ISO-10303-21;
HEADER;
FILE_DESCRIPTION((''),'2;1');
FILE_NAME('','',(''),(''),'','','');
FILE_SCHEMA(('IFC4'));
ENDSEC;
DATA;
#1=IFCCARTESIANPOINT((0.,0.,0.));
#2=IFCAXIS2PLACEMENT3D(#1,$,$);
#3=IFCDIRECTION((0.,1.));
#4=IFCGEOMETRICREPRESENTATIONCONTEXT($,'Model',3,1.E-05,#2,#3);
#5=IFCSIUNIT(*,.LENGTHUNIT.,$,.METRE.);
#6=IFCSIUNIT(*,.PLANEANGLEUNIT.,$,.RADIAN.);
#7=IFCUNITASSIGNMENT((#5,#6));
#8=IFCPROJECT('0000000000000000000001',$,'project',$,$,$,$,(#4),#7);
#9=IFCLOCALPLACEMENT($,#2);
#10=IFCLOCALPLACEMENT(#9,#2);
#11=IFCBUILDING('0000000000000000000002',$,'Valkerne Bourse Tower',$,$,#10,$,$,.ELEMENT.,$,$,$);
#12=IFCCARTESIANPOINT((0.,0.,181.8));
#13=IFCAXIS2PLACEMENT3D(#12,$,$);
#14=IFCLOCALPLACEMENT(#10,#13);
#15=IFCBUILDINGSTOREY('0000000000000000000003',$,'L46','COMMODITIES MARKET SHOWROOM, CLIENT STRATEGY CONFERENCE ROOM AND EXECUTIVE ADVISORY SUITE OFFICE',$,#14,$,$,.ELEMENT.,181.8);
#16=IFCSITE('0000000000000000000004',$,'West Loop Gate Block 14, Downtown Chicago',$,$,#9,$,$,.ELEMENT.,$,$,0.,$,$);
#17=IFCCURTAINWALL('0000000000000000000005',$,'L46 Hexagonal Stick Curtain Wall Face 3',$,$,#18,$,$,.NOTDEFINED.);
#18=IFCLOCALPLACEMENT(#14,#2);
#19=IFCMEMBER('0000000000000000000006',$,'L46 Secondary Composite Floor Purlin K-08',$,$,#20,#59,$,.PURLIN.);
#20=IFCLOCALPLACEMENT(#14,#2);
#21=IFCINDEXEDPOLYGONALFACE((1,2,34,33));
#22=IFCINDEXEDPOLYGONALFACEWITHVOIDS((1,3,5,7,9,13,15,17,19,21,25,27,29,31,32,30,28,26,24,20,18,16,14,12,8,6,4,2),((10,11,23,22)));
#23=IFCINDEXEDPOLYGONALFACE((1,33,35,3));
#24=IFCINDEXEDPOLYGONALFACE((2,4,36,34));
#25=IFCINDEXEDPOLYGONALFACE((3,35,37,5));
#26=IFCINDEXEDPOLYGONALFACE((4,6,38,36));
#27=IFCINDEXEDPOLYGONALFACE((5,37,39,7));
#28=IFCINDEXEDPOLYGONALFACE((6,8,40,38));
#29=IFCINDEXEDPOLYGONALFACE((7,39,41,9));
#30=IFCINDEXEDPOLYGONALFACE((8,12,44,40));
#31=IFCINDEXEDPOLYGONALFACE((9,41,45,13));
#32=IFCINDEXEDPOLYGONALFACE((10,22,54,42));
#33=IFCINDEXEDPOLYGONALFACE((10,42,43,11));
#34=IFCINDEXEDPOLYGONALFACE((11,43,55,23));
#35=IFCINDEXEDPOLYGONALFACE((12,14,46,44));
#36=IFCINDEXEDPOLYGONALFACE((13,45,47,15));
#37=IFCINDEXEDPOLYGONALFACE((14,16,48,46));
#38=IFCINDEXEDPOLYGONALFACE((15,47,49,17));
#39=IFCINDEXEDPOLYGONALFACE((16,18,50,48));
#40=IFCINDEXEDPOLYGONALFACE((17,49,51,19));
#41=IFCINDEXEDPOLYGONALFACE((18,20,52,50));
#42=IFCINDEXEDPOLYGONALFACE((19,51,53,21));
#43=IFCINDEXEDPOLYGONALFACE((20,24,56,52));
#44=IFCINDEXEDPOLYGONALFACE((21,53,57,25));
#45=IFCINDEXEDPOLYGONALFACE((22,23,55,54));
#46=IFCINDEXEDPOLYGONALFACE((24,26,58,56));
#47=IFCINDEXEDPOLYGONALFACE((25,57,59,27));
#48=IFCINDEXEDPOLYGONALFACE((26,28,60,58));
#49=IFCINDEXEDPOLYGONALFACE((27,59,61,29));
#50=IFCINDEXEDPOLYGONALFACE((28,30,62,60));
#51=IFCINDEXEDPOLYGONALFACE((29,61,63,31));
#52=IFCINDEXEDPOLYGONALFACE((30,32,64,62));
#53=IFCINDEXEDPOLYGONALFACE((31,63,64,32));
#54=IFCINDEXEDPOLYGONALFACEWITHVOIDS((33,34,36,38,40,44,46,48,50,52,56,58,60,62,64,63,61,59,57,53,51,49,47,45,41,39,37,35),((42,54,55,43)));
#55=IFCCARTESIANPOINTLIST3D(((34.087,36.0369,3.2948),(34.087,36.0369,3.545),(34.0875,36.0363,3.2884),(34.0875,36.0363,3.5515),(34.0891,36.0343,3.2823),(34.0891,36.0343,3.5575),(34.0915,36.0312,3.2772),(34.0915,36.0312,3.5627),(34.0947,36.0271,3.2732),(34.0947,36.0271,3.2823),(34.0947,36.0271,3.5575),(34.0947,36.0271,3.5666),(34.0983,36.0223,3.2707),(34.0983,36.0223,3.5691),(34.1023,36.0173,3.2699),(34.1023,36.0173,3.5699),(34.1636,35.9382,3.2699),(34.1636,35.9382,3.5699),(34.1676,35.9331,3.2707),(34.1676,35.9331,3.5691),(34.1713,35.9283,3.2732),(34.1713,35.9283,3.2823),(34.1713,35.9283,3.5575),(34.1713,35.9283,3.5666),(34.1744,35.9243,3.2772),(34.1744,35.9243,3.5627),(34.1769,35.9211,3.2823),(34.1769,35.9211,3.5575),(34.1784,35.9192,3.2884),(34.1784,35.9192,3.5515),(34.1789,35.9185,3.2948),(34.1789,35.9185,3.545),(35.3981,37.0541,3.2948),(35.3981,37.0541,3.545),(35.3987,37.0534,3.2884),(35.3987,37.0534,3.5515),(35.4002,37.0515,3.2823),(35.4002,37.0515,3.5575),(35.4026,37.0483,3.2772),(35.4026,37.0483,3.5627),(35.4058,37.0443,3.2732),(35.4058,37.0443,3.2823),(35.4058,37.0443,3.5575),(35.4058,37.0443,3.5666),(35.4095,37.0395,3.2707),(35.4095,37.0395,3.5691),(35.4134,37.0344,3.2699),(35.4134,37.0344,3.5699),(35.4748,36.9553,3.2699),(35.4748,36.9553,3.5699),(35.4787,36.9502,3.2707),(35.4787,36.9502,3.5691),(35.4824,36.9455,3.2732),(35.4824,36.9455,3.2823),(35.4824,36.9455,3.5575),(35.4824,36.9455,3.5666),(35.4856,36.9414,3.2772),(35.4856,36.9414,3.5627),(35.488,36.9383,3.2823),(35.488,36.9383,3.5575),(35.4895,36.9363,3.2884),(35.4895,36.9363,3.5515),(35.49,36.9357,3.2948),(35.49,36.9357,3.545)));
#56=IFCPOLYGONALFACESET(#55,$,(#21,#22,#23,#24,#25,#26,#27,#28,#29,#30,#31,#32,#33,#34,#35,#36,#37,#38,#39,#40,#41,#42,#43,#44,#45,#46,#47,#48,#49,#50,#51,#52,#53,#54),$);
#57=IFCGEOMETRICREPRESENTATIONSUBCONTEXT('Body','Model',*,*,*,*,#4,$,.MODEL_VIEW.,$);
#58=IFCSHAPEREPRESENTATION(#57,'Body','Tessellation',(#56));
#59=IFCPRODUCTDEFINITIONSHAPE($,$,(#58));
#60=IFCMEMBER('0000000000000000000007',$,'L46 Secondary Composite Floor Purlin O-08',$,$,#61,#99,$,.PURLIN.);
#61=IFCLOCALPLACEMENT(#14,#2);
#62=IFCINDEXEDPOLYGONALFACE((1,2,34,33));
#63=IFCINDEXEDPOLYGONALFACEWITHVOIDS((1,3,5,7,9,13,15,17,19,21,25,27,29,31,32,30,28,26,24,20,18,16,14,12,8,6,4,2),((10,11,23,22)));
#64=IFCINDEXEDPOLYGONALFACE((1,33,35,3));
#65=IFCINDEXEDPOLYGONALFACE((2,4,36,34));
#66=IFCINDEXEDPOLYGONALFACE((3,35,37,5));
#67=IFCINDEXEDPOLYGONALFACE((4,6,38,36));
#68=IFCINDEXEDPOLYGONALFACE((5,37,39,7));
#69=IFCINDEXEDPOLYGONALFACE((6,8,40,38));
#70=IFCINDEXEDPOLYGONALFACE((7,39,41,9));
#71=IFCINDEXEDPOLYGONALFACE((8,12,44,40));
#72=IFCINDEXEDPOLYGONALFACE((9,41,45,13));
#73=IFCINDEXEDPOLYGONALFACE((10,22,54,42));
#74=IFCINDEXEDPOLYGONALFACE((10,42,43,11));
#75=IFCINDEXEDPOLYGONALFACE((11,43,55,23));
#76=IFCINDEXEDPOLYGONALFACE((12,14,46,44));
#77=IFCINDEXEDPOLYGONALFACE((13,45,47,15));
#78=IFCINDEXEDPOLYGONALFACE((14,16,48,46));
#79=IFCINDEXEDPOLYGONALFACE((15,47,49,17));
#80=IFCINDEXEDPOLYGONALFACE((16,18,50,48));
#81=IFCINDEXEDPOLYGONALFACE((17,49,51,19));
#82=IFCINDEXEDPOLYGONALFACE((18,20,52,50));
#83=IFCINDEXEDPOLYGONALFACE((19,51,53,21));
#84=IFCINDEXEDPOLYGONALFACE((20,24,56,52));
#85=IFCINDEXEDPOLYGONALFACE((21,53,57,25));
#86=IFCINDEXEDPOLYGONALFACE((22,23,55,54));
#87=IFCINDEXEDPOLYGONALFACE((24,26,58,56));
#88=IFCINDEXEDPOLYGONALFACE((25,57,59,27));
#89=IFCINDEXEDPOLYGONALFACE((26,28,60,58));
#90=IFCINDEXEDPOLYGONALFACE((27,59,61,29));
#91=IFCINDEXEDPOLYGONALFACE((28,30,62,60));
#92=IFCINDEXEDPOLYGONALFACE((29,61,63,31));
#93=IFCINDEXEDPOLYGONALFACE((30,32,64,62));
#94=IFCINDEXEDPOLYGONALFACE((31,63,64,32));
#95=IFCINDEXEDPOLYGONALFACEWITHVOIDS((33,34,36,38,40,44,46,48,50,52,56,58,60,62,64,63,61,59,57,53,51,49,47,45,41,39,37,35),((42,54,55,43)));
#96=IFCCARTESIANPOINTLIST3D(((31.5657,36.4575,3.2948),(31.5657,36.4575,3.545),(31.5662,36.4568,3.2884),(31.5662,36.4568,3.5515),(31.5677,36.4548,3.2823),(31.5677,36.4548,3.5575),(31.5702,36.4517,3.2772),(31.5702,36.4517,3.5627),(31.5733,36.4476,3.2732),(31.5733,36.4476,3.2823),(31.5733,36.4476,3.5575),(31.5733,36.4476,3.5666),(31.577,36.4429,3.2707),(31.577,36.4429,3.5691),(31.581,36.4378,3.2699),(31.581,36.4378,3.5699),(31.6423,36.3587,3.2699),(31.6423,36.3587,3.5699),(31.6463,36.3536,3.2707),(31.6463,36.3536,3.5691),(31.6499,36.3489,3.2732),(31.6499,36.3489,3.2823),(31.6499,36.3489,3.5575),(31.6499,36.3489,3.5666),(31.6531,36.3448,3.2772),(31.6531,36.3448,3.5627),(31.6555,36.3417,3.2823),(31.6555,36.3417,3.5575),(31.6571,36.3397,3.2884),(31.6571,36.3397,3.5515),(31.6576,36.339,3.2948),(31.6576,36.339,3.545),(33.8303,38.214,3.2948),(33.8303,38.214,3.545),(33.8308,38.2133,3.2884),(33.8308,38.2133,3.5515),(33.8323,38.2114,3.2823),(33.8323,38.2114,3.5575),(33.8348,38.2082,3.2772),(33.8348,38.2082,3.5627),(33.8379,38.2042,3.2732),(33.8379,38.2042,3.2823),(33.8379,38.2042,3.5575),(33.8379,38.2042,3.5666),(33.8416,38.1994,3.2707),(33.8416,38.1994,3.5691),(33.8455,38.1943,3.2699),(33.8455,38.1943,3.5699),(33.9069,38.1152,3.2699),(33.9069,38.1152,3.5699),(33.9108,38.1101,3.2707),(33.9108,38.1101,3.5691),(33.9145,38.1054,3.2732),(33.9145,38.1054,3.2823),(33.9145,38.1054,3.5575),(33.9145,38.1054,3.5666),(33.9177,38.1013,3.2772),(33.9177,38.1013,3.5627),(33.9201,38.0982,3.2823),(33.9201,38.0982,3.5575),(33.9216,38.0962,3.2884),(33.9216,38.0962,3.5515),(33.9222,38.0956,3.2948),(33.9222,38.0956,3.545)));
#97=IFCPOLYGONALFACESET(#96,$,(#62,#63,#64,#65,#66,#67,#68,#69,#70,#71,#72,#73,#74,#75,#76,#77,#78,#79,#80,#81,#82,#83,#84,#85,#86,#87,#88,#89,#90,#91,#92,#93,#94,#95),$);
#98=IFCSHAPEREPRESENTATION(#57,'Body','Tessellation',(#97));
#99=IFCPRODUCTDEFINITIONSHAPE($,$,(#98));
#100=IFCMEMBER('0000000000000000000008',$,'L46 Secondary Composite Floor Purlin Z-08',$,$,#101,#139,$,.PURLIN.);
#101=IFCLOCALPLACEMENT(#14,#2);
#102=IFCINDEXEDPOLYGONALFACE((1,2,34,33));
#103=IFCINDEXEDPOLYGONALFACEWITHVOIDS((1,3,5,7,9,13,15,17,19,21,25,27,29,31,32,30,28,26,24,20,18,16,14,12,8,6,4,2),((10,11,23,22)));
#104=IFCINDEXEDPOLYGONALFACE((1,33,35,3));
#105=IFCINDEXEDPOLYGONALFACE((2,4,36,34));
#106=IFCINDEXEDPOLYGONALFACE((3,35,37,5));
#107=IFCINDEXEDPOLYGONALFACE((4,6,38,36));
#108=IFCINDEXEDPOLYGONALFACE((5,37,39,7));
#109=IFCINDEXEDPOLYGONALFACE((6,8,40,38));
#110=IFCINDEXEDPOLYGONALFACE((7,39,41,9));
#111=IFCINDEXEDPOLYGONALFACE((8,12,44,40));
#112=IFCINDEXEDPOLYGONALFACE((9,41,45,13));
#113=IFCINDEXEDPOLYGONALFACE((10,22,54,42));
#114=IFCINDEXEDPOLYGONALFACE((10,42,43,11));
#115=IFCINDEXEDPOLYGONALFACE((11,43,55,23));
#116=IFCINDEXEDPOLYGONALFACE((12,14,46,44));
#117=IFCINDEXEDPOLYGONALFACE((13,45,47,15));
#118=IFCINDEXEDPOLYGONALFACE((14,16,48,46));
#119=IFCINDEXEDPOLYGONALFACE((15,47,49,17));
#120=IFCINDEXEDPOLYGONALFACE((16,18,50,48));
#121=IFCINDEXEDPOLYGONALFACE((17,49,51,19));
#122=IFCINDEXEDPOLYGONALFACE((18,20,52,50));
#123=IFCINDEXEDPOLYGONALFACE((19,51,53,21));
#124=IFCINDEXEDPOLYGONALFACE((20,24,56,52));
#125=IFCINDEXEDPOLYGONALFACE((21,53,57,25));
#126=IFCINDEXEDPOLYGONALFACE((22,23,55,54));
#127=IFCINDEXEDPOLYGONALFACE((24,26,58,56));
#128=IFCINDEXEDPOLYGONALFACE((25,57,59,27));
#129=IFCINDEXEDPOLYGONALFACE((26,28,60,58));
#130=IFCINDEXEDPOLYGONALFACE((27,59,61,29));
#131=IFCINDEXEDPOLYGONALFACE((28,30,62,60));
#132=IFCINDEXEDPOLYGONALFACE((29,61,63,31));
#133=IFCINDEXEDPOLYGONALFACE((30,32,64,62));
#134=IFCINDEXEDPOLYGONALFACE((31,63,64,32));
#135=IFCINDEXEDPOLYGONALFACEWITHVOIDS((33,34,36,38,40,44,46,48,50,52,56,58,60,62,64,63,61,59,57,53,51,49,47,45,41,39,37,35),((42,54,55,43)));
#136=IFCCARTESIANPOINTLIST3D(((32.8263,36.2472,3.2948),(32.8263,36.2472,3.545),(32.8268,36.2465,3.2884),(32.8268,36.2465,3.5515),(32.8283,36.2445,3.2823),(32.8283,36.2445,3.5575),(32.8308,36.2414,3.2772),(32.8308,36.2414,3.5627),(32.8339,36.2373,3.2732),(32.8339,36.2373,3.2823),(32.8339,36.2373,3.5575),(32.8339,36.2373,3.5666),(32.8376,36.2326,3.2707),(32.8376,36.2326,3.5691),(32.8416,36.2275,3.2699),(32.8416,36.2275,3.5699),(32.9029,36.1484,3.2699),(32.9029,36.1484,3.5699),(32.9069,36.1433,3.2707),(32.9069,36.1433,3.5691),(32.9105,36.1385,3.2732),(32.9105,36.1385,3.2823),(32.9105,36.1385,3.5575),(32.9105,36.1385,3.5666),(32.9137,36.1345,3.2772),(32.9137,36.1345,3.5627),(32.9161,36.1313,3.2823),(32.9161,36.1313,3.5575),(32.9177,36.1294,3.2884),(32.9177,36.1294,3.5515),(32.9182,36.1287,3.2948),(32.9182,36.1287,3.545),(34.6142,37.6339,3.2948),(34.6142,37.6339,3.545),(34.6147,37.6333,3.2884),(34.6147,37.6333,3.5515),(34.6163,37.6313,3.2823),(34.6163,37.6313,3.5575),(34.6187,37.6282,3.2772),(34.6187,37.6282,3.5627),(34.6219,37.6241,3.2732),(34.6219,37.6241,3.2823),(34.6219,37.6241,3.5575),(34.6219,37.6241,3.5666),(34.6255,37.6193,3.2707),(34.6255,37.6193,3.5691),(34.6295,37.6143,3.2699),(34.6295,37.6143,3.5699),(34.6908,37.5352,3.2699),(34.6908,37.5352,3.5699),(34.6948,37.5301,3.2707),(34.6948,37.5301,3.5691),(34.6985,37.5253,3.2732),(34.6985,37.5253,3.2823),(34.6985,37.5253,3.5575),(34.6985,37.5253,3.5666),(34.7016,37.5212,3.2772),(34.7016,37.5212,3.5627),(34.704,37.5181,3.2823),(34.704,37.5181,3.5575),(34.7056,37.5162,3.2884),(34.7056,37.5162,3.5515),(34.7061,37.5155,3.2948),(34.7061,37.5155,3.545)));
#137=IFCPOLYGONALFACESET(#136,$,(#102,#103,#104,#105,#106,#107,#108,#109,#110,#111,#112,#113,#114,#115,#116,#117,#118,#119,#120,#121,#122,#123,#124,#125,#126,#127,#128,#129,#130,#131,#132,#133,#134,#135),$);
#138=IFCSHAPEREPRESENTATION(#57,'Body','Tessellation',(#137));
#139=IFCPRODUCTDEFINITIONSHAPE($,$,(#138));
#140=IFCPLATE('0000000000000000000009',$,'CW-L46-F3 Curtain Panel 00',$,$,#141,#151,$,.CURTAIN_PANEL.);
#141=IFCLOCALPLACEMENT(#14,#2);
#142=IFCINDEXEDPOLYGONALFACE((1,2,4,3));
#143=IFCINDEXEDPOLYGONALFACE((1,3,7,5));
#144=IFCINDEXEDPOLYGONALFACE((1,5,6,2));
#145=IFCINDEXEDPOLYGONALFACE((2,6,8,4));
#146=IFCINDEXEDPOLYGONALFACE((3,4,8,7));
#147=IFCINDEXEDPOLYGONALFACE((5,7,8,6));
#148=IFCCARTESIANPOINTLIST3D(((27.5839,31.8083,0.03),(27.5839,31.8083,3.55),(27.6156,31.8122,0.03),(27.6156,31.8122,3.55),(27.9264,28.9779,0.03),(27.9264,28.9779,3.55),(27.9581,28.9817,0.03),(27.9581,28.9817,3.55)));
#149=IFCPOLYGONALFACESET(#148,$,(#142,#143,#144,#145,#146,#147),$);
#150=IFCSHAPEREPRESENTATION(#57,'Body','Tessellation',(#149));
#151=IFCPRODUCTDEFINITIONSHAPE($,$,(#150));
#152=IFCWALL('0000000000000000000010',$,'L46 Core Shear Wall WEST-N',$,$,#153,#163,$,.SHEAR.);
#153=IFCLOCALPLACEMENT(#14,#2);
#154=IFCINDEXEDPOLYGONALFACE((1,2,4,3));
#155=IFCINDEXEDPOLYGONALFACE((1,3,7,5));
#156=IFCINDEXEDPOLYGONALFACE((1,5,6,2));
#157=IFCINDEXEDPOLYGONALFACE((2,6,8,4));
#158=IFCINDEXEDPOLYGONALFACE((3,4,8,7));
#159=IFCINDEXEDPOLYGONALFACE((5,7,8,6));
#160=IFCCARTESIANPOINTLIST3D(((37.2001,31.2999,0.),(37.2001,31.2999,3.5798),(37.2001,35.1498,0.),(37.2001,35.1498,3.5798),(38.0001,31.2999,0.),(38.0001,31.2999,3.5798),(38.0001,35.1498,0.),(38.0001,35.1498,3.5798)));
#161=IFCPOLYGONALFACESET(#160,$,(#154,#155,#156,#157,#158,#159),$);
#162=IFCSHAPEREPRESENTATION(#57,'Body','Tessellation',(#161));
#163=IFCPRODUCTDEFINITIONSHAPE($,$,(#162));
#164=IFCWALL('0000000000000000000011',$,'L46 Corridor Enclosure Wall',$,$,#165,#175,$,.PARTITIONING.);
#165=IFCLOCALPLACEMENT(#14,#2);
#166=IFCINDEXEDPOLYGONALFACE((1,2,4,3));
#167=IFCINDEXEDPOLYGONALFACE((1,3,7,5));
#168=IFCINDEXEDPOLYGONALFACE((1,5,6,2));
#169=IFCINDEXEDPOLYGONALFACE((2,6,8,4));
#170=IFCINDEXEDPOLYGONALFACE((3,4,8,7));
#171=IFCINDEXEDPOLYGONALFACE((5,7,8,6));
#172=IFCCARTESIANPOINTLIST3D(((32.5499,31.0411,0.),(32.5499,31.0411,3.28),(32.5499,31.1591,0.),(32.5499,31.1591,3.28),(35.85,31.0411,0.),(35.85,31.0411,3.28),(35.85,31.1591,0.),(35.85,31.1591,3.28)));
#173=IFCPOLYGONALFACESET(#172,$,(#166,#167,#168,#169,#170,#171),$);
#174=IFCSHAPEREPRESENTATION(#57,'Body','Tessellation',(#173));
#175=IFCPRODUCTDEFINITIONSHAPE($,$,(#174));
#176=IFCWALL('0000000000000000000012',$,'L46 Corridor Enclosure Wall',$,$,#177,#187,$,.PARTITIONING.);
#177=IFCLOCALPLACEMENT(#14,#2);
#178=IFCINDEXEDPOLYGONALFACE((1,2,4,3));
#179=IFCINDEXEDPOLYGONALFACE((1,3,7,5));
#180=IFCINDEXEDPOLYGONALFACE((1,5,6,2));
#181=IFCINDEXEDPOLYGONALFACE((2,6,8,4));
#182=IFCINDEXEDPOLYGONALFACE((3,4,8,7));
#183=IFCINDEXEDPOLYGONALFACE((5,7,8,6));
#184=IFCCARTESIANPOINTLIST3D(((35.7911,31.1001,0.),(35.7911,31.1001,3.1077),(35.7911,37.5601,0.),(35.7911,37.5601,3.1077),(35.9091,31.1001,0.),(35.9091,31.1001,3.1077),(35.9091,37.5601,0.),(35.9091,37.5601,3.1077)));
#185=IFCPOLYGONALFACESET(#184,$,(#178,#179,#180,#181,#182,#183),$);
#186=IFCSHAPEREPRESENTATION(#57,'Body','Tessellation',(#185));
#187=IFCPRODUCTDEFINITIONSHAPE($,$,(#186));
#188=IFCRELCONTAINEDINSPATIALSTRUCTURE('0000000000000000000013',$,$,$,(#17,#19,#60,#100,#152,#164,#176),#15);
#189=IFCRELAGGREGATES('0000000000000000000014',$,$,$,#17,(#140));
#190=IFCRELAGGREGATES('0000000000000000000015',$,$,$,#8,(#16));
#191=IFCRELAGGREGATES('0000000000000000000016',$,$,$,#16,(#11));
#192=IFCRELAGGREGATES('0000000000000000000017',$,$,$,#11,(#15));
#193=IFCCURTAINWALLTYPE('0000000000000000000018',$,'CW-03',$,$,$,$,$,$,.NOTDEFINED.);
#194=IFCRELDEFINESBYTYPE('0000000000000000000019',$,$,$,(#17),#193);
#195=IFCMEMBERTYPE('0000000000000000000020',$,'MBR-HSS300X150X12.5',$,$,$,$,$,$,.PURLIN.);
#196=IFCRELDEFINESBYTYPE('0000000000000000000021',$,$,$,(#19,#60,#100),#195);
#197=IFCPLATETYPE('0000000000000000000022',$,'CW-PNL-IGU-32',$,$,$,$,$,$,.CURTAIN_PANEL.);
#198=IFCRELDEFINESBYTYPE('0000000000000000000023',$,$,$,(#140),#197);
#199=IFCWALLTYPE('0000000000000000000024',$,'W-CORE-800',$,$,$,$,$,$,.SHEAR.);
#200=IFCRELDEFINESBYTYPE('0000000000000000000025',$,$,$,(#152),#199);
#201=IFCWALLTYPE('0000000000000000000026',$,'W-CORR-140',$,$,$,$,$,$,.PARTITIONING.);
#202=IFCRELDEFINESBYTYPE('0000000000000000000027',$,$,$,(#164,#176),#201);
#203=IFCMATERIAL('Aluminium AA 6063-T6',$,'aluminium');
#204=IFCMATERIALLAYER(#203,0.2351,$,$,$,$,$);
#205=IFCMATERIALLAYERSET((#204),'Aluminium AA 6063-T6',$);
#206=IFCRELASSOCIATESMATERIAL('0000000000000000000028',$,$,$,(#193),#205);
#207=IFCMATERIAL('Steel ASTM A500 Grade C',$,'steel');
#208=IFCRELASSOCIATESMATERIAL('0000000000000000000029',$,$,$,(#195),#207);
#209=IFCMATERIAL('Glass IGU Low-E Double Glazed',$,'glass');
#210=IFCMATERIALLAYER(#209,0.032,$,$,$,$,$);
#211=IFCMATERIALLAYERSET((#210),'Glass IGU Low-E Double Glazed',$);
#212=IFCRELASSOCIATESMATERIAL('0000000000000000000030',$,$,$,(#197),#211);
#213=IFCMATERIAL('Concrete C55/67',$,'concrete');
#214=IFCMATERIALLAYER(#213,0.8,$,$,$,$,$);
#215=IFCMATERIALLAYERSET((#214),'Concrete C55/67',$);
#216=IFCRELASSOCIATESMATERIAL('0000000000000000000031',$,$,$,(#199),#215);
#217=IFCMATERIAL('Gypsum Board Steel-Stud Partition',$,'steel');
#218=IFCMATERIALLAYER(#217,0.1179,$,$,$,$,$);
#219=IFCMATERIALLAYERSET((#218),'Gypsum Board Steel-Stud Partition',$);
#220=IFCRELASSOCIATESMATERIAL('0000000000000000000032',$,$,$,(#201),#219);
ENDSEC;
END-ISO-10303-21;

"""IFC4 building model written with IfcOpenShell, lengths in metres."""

from ifc_helpers import new_model, si_unit, direction, frame, frame_2d, origin, origin_2d, place, context, subcontext, project, spatial, rectangle, hollow_rectangle, extrude, material, layer, layer_set, material_profile, profile_set, type_object, element, aggregate, save


model = new_model("IFC4")

# Units and contexts
model_context = context("Model", 3, precision=1e-05, world=origin(), true_north=direction((0.0, 1.0)))
body_context = subcontext(model_context, "Body", "Model", "MODEL_VIEW")
ifc_project = project(units=[si_unit("LENGTHUNIT", "METRE"), si_unit("PLANEANGLEUNIT", "RADIAN")], contexts=[model_context])

# Site, building, storey
site_placement = place(None, origin())
site = spatial("IfcSite", under=ifc_project, at=site_placement, Name="West Loop Gate Block 14, Downtown Chicago", CompositionType="ELEMENT", RefElevation=0.0)
building_placement = place(site_placement, origin())
building = spatial("IfcBuilding", under=site, at=building_placement, Name="Valkerne Bourse Tower", CompositionType="ELEMENT")
storey_placement = place(building_placement, frame((0.0, 0.0, 181.8)))
storey = spatial("IfcBuildingStorey", under=building, at=storey_placement, Name="L46", Description="COMMODITIES MARKET SHOWROOM, CLIENT STRATEGY CONFERENCE ROOM AND EXECUTIVE ADVISORY SUITE OFFICE", CompositionType="ELEMENT", Elevation=181.8)

# Shared definitions
ifc_material_1 = material(Name="Aluminium AA 6063-T6", Category="aluminium")
ifc_layer_1 = layer(ifc_material_1, 0.2351)
ifc_layer_set_1 = layer_set([ifc_layer_1], Name="Aluminium AA 6063-T6")
curtain_wall_type = type_object("IfcCurtainWallType", Name="CW-03", PredefinedType="NOTDEFINED", material=ifc_layer_set_1)

# Curtain wall
curtain_wall_1_placement = place(storey_placement, origin())
curtain_wall_1 = element("IfcCurtainWall", 1, at=curtain_wall_1_placement, inside=storey, type_object=curtain_wall_type, Name="L46 Hexagonal Stick Curtain Wall Face 3", PredefinedType="NOTDEFINED")

# Members
ifc_material_2 = material(Name="Steel ASTM A500 Grade C", Category="steel")
ifc_material_profile_1 = material_profile(ifc_material_2, hollow_rectangle(XDim=0.1499, YDim=0.3, WallThickness=0.0125, OuterFilletRadius=0.0249, at=origin_2d()), Name="HSS300X150X12.5")
ifc_profile_set_1 = profile_set([ifc_material_profile_1], Name="Steel ASTM A500 Grade C")
member_type_1 = type_object("IfcMemberType", Name="MBR-HSS300X150X12.5", PredefinedType="PURLIN", material=ifc_profile_set_1)
member_1_placement = place(storey_placement, frame((35.4441, 36.9949, 3.4199), z_axis=(-0.790112, -0.612962, 0.0), x_axis=(0.612962, -0.790112, 0.0)))
element("IfcMember", 2, at=member_1_placement, inside=storey, type_object=member_type_1, Name="L46 Secondary Composite Floor Purlin K-08", PredefinedType="PURLIN", context=body_context, shape_type="SweptSolid", body=[
    extrude(hollow_rectangle(XDim=0.1499, YDim=0.3, WallThickness=0.0125, OuterFilletRadius=0.0249, at=origin_2d()), origin(), (0.0, 0.0, 1.0), 1.6594),
])
member_2_placement = place(storey_placement, frame((33.8762, 38.1548, 3.4199), z_axis=(-0.790163, -0.612896, 0.0), x_axis=(0.612896, -0.790163, 0.0)))
element("IfcMember", 3, at=member_2_placement, inside=storey, type_object=member_type_1, Name="L46 Secondary Composite Floor Purlin O-08", PredefinedType="PURLIN", context=body_context, shape_type="SweptSolid", body=[
    extrude(hollow_rectangle(XDim=0.1499, YDim=0.3, WallThickness=0.0125, OuterFilletRadius=0.0249, at=origin_2d()), origin(), (0.0, 0.0, 1.0), 2.866),
])
member_3_placement = place(storey_placement, frame((34.6602, 37.5747, 3.4199), z_axis=(-0.790171, -0.612887, 0.0), x_axis=(0.612887, -0.790171, 0.0)))
element("IfcMember", 4, at=member_3_placement, inside=storey, type_object=member_type_1, Name="L46 Secondary Composite Floor Purlin Z-08", PredefinedType="PURLIN", context=body_context, shape_type="SweptSolid", body=[
    extrude(hollow_rectangle(XDim=0.1499, YDim=0.3, WallThickness=0.0125, OuterFilletRadius=0.0249, at=origin_2d()), origin(), (0.0, 0.0, 1.0), 2.2627),
])

# Plate
ifc_material_3 = material(Name="Glass IGU Low-E Double Glazed", Category="glass")
ifc_layer_2 = layer(ifc_material_3, 0.032)
ifc_layer_set_2 = layer_set([ifc_layer_2], Name="Glass IGU Low-E Double Glazed")
plate_type = type_object("IfcPlateType", Name="CW-PNL-IGU-32", PredefinedType="CURTAIN_PANEL", material=ifc_layer_set_2)
plate_placement = place(storey_placement, frame((27.771, 30.395, 0.03), z_axis=(0.0, 0.0, 1.0), x_axis=(0.120127, -0.992759, 0.0)))
plate = element("IfcPlate", 5, at=plate_placement, type_object=plate_type, Name="CW-L46-F3 Curtain Panel 00", PredefinedType="CURTAIN_PANEL", context=body_context, shape_type="SweptSolid", body=[
    extrude(rectangle(XDim=2.8511, YDim=0.032, at=origin_2d()), origin(), (0.0, 0.0, 1.0), 3.52),
])
aggregate(curtain_wall_1, [plate])

# Shared definitions
ifc_material_4 = material(Name="Concrete C55/67", Category="concrete")
ifc_layer_3 = layer(ifc_material_4, 0.8)
ifc_layer_set_3 = layer_set([ifc_layer_3], Name="Concrete C55/67")
wall_type_1 = type_object("IfcWallType", Name="W-CORE-800", PredefinedType="SHEAR", material=ifc_layer_set_3)

# Walls
wall_1_placement = place(storey_placement, frame((37.6001, 31.3, 0.0), z_axis=(0.0, 0.0, 1.0), x_axis=(0.0, 1.0, 0.0)))
element("IfcWall", 6, at=wall_1_placement, inside=storey, type_object=wall_type_1, Name="L46 Core Shear Wall WEST-N", PredefinedType="SHEAR", context=body_context, shape_type="SweptSolid", body=[
    extrude(rectangle(XDim=3.8499, YDim=0.8, at=frame_2d((1.9248, 0.0))), origin(), (0.0, 0.0, 1.0), 3.5798),
])
ifc_material_5 = material(Name="Gypsum Board Steel-Stud Partition", Category="steel")
ifc_layer_4 = layer(ifc_material_5, 0.1179)
ifc_layer_set_4 = layer_set([ifc_layer_4], Name="Gypsum Board Steel-Stud Partition")
wall_type_2 = type_object("IfcWallType", Name="W-CORR-140", PredefinedType="PARTITIONING", material=ifc_layer_set_4)
wall_2_placement = place(storey_placement, frame((32.55, 31.1001, 0.0), z_axis=(0.0, 0.0, 1.0), x_axis=(1.0, 0.0, 0.0)))
element("IfcWall", 7, at=wall_2_placement, inside=storey, type_object=wall_type_2, Name="L46 Corridor Enclosure Wall", PredefinedType="PARTITIONING", context=body_context, shape_type="SweptSolid", body=[
    extrude(rectangle(XDim=3.3, YDim=0.1179, at=frame_2d((1.6499, 0.0))), origin(), (0.0, 0.0, 1.0), 3.28),
])
wall_3_placement = place(storey_placement, frame((35.8501, 31.1001, 0.0), z_axis=(0.0, 0.0, 1.0), x_axis=(0.0, 1.0, 0.0)))
element("IfcWall", 8, at=wall_3_placement, inside=storey, type_object=wall_type_2, Name="L46 Corridor Enclosure Wall", PredefinedType="PARTITIONING", context=body_context, shape_type="SweptSolid", body=[
    extrude(rectangle(XDim=6.46, YDim=0.1179, at=frame_2d((3.23, 0.0))), origin(), (0.0, 0.0, 1.0), 3.1077),
])

save(model, "model.ifc")
